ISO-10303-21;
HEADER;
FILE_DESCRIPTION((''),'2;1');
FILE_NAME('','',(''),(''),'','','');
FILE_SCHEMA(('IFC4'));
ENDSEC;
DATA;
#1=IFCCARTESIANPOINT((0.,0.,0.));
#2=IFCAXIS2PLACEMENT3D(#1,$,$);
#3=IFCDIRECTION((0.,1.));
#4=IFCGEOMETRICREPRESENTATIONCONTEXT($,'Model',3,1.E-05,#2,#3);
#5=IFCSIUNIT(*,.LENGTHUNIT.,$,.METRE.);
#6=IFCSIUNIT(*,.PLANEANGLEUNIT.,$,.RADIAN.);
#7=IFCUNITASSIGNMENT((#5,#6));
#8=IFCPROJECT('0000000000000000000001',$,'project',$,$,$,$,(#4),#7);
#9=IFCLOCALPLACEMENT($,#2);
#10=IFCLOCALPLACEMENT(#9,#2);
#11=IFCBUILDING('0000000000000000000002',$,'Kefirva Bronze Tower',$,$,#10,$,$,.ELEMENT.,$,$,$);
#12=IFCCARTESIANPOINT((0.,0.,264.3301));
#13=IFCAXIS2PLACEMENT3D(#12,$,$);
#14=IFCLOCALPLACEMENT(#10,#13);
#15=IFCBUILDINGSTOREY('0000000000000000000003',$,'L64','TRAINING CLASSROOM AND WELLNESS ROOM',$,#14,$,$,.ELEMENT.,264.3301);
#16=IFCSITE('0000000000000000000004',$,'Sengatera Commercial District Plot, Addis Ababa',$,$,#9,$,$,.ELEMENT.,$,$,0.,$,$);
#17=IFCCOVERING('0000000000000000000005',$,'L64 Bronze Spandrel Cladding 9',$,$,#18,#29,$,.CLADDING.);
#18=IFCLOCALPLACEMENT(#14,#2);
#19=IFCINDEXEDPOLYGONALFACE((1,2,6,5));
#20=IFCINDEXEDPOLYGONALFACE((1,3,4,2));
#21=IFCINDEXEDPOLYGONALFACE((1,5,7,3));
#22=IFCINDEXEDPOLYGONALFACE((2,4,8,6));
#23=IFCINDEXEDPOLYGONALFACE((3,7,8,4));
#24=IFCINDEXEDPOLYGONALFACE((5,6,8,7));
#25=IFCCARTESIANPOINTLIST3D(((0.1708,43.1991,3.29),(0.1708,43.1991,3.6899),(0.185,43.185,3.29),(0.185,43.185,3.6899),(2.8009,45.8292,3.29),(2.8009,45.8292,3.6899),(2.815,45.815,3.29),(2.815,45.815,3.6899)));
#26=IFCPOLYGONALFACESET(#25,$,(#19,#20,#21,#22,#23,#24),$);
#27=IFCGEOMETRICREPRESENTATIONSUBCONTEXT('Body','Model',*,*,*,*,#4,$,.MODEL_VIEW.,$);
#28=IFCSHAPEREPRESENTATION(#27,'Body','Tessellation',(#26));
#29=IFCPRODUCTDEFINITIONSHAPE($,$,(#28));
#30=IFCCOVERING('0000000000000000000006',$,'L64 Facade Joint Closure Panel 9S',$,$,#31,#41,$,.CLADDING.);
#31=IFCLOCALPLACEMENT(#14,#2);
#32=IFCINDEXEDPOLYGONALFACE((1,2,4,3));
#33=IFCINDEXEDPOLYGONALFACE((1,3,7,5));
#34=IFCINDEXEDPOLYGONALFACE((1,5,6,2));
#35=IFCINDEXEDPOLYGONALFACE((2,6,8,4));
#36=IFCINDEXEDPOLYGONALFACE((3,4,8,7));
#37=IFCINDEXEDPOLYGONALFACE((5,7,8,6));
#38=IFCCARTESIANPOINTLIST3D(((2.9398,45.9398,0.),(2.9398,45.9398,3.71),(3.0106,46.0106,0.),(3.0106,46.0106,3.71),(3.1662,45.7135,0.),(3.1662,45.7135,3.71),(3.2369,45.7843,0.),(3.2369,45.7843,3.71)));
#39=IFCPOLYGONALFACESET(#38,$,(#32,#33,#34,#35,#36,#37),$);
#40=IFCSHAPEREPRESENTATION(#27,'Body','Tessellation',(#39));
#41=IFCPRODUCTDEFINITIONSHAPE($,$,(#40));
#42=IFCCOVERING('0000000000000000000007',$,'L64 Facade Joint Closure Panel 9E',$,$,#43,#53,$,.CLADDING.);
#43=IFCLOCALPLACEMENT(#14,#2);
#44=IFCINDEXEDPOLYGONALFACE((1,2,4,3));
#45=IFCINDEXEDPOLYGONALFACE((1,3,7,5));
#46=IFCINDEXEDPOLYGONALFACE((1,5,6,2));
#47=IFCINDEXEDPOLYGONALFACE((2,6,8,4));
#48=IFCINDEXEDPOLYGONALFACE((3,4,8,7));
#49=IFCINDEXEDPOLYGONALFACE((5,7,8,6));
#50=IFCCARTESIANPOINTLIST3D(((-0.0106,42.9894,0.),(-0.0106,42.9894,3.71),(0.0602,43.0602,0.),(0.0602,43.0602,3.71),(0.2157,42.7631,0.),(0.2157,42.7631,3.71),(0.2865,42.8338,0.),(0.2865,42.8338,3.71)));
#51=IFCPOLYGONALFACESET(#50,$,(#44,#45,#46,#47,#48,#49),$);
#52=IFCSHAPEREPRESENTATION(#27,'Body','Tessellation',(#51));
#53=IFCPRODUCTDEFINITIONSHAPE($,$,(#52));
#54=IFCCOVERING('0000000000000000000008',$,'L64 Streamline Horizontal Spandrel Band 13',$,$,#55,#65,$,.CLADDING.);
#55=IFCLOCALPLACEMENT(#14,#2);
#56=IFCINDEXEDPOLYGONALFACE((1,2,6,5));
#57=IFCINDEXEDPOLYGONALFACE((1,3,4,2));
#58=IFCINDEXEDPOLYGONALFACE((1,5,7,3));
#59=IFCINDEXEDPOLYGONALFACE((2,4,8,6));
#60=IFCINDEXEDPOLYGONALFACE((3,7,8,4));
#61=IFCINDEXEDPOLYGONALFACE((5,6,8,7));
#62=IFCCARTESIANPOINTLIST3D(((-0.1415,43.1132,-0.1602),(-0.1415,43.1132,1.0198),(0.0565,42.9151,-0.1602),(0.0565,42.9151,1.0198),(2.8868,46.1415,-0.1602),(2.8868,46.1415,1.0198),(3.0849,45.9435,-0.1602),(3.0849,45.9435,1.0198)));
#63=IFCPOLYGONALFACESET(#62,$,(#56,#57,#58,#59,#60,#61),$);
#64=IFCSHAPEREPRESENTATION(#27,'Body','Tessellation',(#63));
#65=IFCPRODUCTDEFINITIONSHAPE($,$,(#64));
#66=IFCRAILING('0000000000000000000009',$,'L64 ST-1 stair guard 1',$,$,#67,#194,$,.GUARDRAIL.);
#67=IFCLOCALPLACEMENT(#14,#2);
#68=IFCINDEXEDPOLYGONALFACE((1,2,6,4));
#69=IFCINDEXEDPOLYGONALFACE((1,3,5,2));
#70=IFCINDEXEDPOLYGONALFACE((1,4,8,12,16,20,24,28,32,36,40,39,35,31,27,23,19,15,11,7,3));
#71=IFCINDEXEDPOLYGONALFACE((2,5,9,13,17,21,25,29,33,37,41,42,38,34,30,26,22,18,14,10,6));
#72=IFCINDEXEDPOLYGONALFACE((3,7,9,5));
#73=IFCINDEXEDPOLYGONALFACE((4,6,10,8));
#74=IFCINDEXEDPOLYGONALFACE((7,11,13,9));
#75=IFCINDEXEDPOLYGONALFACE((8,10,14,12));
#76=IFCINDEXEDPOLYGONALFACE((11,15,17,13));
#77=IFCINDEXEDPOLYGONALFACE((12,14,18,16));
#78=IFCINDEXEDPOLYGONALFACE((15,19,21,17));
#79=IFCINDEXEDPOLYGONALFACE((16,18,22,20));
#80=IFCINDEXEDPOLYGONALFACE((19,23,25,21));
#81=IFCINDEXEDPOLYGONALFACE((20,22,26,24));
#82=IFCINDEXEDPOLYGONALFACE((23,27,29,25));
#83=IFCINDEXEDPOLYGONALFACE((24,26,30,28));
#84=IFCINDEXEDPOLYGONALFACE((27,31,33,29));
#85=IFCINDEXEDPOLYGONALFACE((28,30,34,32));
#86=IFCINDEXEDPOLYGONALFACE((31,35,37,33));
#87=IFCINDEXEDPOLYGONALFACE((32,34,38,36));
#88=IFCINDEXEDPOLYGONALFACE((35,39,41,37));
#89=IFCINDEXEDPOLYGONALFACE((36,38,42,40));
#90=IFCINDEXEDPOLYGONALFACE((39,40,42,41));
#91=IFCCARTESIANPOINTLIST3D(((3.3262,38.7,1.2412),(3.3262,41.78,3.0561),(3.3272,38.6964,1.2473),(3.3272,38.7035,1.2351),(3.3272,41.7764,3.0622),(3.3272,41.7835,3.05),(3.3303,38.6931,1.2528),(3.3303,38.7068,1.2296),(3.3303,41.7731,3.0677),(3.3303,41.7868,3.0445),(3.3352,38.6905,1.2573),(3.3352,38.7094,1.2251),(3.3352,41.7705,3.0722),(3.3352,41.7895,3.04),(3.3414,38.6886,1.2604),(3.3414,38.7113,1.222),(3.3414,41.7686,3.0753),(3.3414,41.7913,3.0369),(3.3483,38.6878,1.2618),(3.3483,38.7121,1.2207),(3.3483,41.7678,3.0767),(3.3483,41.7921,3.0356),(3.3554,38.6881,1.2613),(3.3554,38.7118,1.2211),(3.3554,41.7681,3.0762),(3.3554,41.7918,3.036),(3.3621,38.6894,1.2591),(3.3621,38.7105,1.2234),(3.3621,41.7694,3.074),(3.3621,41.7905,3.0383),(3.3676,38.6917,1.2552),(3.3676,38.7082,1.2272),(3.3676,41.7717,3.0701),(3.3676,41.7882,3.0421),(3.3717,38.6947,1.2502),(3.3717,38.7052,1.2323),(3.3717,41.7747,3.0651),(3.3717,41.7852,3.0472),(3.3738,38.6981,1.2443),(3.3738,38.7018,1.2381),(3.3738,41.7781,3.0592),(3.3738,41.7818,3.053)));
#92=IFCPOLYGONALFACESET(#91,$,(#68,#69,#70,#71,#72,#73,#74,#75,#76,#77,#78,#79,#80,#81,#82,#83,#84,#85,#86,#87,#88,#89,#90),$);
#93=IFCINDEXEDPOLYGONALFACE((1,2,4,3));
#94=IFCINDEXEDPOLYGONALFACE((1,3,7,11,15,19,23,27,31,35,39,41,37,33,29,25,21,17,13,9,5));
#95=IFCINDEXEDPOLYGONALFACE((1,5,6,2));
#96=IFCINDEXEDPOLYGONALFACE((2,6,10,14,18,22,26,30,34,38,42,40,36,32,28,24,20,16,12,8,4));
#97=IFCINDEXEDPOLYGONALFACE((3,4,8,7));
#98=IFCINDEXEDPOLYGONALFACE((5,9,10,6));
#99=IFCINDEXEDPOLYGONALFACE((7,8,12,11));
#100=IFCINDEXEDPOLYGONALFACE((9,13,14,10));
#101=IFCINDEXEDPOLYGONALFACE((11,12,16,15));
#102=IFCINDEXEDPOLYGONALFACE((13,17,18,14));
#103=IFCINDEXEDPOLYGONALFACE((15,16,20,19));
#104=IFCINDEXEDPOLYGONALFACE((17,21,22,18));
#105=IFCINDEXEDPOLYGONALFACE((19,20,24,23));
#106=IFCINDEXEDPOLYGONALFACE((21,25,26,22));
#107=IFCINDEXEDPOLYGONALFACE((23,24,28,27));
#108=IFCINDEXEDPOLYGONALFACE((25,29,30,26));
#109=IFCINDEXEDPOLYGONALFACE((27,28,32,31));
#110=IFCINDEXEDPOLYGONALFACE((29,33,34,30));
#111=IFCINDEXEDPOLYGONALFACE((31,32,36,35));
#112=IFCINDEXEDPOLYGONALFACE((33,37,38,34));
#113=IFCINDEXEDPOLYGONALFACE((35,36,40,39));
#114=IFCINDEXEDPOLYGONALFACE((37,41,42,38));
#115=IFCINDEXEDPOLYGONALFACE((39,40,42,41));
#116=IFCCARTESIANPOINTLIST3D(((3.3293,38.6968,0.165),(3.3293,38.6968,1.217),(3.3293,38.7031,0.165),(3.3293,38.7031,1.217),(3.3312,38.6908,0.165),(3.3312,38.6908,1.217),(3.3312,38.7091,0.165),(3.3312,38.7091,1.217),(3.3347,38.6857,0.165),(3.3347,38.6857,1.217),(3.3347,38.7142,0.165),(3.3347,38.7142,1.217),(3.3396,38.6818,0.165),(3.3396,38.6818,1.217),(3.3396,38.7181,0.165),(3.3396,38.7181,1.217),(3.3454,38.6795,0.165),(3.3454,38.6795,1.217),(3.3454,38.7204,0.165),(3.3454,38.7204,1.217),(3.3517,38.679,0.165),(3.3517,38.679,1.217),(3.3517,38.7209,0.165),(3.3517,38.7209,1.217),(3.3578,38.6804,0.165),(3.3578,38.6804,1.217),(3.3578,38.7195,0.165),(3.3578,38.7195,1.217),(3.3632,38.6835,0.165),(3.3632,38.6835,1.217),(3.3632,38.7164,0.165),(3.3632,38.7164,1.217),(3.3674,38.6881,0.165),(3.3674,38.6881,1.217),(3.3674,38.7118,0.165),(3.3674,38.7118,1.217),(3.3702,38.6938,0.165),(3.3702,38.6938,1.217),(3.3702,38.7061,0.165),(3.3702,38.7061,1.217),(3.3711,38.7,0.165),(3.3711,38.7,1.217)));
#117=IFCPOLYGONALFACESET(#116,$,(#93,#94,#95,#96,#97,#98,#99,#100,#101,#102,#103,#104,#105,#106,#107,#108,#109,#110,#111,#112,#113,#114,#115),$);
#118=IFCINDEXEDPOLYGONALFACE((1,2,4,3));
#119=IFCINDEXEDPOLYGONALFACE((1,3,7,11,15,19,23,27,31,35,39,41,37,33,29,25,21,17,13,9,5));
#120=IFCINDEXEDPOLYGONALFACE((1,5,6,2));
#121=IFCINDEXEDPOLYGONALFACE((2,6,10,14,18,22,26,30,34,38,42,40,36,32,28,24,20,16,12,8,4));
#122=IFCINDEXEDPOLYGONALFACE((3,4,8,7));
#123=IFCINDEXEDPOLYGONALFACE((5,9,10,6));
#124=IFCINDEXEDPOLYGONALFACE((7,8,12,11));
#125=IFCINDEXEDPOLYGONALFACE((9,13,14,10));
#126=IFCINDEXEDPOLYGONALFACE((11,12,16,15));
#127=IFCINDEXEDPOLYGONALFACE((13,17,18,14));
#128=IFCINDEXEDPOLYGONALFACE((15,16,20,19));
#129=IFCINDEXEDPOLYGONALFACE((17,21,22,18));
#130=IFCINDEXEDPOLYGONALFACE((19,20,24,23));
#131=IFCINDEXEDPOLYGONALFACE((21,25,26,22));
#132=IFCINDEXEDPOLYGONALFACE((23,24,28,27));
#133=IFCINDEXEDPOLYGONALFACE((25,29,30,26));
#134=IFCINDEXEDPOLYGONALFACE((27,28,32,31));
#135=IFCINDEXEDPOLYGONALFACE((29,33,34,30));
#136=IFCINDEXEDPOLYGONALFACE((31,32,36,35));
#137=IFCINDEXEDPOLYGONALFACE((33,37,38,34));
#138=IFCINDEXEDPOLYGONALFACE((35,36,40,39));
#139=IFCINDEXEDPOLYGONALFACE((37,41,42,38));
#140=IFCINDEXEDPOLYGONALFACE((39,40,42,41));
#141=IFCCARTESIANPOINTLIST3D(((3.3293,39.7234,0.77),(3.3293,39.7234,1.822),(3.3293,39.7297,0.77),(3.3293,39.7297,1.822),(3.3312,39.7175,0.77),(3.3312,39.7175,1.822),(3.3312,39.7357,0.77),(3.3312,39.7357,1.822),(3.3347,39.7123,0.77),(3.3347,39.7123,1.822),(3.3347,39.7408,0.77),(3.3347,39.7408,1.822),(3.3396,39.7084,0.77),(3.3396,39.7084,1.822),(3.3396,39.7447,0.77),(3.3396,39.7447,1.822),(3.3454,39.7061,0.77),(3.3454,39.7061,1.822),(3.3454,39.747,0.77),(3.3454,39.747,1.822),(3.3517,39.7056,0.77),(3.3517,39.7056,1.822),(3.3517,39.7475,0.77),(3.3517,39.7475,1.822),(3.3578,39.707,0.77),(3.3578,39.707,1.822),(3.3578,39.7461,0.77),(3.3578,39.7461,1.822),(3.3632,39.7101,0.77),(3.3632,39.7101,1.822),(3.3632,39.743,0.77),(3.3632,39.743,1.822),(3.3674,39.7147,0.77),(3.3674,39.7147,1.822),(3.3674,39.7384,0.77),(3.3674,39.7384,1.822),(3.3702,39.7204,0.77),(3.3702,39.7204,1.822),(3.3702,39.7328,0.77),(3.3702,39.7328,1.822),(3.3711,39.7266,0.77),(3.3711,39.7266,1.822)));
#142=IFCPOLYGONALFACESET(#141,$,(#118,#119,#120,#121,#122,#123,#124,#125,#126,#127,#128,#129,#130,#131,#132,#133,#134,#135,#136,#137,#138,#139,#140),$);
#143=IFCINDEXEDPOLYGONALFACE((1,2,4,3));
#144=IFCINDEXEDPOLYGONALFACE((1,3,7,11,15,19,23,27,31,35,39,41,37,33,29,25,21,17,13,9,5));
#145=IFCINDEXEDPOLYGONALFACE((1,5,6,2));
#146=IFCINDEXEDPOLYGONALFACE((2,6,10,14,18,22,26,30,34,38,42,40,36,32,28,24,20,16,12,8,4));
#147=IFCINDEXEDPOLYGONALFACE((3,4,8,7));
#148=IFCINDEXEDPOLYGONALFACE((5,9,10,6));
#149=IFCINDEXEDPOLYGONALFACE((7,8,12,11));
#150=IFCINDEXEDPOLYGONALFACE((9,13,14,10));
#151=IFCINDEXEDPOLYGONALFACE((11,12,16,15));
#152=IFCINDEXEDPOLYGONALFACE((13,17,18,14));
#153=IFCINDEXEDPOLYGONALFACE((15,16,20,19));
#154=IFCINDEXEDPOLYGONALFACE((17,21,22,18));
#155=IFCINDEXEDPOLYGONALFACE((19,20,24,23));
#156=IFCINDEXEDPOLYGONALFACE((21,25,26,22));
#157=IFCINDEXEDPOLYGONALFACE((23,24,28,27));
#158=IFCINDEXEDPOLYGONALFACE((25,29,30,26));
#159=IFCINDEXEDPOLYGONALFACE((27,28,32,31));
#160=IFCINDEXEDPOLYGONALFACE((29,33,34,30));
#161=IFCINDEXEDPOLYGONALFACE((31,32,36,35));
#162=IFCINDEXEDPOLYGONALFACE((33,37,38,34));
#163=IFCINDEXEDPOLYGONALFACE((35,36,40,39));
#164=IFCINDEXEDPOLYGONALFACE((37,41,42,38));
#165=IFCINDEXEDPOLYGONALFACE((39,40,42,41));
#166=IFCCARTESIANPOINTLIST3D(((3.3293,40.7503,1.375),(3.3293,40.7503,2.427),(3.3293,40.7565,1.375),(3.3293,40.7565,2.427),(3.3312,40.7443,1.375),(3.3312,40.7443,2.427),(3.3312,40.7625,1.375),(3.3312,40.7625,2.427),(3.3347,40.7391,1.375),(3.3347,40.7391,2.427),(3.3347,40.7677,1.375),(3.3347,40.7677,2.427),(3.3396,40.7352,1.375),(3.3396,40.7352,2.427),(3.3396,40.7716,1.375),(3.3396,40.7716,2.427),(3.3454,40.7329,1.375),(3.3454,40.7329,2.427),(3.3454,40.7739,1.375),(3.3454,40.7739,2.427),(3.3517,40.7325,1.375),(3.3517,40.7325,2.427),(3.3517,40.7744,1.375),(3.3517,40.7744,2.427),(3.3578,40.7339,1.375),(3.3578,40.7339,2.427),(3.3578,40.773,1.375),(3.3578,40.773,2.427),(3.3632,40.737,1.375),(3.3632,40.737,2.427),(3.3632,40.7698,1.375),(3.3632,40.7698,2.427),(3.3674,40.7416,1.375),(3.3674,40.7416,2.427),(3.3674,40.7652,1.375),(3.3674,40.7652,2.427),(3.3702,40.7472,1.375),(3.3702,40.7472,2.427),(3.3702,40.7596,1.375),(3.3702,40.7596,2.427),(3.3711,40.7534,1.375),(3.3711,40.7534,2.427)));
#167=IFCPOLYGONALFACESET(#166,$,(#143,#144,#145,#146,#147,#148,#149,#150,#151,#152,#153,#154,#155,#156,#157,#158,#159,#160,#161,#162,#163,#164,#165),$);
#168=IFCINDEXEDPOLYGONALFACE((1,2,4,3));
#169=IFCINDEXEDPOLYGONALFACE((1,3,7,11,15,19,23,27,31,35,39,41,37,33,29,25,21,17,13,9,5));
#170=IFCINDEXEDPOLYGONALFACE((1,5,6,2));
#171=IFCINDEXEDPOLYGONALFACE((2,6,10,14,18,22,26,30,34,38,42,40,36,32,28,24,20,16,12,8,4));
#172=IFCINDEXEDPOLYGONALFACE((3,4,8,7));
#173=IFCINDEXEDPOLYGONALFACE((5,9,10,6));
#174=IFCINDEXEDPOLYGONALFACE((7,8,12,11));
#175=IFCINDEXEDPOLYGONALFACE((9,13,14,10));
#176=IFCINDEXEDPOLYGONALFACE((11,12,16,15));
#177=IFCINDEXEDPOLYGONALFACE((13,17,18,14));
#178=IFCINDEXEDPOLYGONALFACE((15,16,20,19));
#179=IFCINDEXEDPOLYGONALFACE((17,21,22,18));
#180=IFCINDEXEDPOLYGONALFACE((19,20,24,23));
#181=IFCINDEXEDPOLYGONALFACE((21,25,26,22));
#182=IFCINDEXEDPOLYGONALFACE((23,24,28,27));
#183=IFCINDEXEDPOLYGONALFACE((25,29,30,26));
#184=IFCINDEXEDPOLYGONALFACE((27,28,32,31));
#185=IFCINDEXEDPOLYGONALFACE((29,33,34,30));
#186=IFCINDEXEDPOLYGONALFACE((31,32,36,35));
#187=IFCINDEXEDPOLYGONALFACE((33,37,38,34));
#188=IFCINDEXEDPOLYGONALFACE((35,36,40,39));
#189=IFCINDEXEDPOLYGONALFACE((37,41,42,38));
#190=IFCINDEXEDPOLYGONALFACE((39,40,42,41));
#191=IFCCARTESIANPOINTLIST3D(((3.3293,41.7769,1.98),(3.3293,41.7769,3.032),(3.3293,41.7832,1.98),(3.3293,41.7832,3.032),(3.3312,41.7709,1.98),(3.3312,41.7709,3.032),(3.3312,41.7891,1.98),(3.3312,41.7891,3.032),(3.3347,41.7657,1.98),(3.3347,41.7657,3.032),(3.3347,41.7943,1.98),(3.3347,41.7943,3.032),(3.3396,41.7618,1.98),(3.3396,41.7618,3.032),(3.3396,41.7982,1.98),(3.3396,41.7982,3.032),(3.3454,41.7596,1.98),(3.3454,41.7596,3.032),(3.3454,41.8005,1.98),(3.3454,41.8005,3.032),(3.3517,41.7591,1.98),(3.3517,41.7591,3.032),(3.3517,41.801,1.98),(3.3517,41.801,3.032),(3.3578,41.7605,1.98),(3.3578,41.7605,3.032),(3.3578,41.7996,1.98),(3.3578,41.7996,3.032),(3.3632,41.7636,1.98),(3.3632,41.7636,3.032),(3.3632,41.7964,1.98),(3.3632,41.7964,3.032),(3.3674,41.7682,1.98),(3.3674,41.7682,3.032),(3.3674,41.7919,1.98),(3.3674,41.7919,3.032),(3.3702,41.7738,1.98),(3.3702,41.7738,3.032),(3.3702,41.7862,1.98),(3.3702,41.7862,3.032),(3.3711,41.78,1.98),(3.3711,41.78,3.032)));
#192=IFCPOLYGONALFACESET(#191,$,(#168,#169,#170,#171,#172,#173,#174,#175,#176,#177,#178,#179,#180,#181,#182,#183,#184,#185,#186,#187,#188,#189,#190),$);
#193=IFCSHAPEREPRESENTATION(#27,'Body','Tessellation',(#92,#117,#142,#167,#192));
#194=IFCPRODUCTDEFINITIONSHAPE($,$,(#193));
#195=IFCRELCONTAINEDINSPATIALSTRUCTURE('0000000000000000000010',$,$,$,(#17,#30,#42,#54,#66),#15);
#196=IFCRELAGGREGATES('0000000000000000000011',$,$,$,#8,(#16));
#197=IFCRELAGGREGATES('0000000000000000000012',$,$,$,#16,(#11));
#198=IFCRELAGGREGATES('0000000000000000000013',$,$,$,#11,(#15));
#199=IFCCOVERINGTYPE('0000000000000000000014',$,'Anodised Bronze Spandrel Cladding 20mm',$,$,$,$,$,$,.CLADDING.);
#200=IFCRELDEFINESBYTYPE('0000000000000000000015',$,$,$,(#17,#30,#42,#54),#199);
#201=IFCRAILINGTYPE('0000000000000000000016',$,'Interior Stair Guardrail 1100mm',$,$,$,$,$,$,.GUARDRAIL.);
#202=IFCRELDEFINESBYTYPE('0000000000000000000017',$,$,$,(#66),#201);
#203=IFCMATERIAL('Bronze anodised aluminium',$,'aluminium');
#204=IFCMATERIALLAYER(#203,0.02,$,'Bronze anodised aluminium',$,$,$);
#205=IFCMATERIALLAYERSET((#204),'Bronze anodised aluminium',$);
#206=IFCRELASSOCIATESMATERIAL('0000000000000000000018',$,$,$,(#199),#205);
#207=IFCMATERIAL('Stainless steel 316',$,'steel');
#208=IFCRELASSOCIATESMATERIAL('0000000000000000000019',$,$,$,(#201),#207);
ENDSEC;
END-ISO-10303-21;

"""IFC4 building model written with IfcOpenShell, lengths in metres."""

from ifc_helpers import new_model, si_unit, direction, frame, origin, origin_2d, place, context, subcontext, project, spatial, rectangle, circle, extrude, material, layer, layer_set, type_object, element, save


model = new_model("IFC4")

# Units and contexts
model_context = context("Model", 3, precision=1e-05, world=origin(), true_north=direction((0.0, 1.0)))
body_context = subcontext(model_context, "Body", "Model", "MODEL_VIEW")
ifc_project = project(units=[si_unit("LENGTHUNIT", "METRE"), si_unit("PLANEANGLEUNIT", "RADIAN")], contexts=[model_context])

# Site, building, storey
site_placement = place(None, origin())
site = spatial("IfcSite", under=ifc_project, at=site_placement, Name="Sengatera Commercial District Plot, Addis Ababa", CompositionType="ELEMENT", RefElevation=0.0)
building_placement = place(site_placement, origin())
building = spatial("IfcBuilding", under=site, at=building_placement, Name="Kefirva Bronze Tower", CompositionType="ELEMENT")
storey_placement = place(building_placement, frame((0.0, 0.0, 264.3301)))
storey = spatial("IfcBuildingStorey", under=building, at=storey_placement, Name="L64", Description="TRAINING CLASSROOM AND WELLNESS ROOM", CompositionType="ELEMENT", Elevation=264.3301)

# Shared definitions
ifc_material_1 = material(Name="Bronze anodised aluminium", Category="aluminium")

# Coverings
ifc_layer_1 = layer(ifc_material_1, 0.02, Name="Bronze anodised aluminium")
ifc_layer_set_1 = layer_set([ifc_layer_1], Name="Bronze anodised aluminium")
covering_type_1 = type_object("IfcCoveringType", Name="Anodised Bronze Spandrel Cladding 20mm", PredefinedType="CLADDING", material=ifc_layer_set_1)
covering_1_placement = place(storey_placement, frame((1.4929, 44.5071, 3.29), z_axis=(0.0, 0.0, 1.0), x_axis=(-0.707107, -0.707107, 0.0)))
element("IfcCovering", 1, at=covering_1_placement, inside=storey, type_object=covering_type_1, Name="L64 Bronze Spandrel Cladding 9", PredefinedType="CLADDING", context=body_context, shape_type="SweptSolid", body=[
    extrude(rectangle(XDim=3.7195, YDim=0.02, at=origin_2d()), origin(), (0.0, 0.0, 1.0), 0.3999),
])
for number, where, z_axis, x_axis, name in (
    (2, (3.0884, 45.8621, 0.0), (0.0, 0.0, 1.0), (-0.707107, -0.707107, 0.0), "L64 Facade Joint Closure Panel 9S"),
    (3, (0.1379, 42.9116, 0.0), (0.0, 0.0, 1.0), (-0.707107, -0.707107, 0.0), "L64 Facade Joint Closure Panel 9E"),
):
    element("IfcCovering", number, at=place(storey_placement, frame(where, z_axis=z_axis, x_axis=x_axis)), inside=storey, type_object=covering_type_1, Name=name, PredefinedType="CLADDING", context=body_context, shape_type="SweptSolid", body=[
        extrude(rectangle(XDim=0.1001, YDim=0.3201, at=origin_2d()), origin(), (0.0, 0.0, 1.0), 3.71),
    ])
covering_2_placement = place(storey_placement, frame((1.4717, 44.5283, -0.1602), z_axis=(0.0, 0.0, 1.0), x_axis=(-0.707107, -0.707107, 0.0)))
element("IfcCovering", 4, at=covering_2_placement, inside=storey, type_object=covering_type_1, Name="L64 Streamline Horizontal Spandrel Band 13", PredefinedType="CLADDING", context=body_context, shape_type="SweptSolid", body=[
    extrude(rectangle(XDim=4.2827, YDim=0.28, at=origin_2d()), origin(), (0.0, 0.0, 1.0), 1.1799),
])

# Railing
ifc_material_2 = material(Name="Stainless steel 316", Category="steel")
railing_type_1 = type_object("IfcRailingType", Name="Interior Stair Guardrail 1100mm", PredefinedType="GUARDRAIL", material=ifc_material_2)
railing_1_placement = place(storey_placement, frame((3.3501, 38.7, 0.165)))
element("IfcRailing", 5, at=railing_1_placement, inside=storey, type_object=railing_type_1, Name="L64 ST-1 stair guard 1", PredefinedType="GUARDRAIL", context=body_context, shape_type="SweptSolid", body=[
    extrude(circle(Radius=0.0239, at=origin_2d()), frame((0.0, 0.0, 1.0762), z_axis=(0.0, 0.861551, 0.507671), x_axis=(-1.0, 0.0, 0.0)), (0.0, 0.0, 1.0), 3.575),
    extrude(circle(Radius=0.021, at=origin_2d()), origin(), (0.0, 0.0, 1.0), 1.052),
    extrude(circle(Radius=0.021, at=origin_2d()), frame((0.0, 1.0266, 0.605)), (0.0, 0.0, 1.0), 1.052),
    extrude(circle(Radius=0.021, at=origin_2d()), frame((0.0, 2.0535, 1.21)), (0.0, 0.0, 1.0), 1.052),
    extrude(circle(Radius=0.021, at=origin_2d()), frame((0.0, 3.0801, 1.8149)), (0.0, 0.0, 1.0), 1.052),
])

save(model, "model.ifc")
